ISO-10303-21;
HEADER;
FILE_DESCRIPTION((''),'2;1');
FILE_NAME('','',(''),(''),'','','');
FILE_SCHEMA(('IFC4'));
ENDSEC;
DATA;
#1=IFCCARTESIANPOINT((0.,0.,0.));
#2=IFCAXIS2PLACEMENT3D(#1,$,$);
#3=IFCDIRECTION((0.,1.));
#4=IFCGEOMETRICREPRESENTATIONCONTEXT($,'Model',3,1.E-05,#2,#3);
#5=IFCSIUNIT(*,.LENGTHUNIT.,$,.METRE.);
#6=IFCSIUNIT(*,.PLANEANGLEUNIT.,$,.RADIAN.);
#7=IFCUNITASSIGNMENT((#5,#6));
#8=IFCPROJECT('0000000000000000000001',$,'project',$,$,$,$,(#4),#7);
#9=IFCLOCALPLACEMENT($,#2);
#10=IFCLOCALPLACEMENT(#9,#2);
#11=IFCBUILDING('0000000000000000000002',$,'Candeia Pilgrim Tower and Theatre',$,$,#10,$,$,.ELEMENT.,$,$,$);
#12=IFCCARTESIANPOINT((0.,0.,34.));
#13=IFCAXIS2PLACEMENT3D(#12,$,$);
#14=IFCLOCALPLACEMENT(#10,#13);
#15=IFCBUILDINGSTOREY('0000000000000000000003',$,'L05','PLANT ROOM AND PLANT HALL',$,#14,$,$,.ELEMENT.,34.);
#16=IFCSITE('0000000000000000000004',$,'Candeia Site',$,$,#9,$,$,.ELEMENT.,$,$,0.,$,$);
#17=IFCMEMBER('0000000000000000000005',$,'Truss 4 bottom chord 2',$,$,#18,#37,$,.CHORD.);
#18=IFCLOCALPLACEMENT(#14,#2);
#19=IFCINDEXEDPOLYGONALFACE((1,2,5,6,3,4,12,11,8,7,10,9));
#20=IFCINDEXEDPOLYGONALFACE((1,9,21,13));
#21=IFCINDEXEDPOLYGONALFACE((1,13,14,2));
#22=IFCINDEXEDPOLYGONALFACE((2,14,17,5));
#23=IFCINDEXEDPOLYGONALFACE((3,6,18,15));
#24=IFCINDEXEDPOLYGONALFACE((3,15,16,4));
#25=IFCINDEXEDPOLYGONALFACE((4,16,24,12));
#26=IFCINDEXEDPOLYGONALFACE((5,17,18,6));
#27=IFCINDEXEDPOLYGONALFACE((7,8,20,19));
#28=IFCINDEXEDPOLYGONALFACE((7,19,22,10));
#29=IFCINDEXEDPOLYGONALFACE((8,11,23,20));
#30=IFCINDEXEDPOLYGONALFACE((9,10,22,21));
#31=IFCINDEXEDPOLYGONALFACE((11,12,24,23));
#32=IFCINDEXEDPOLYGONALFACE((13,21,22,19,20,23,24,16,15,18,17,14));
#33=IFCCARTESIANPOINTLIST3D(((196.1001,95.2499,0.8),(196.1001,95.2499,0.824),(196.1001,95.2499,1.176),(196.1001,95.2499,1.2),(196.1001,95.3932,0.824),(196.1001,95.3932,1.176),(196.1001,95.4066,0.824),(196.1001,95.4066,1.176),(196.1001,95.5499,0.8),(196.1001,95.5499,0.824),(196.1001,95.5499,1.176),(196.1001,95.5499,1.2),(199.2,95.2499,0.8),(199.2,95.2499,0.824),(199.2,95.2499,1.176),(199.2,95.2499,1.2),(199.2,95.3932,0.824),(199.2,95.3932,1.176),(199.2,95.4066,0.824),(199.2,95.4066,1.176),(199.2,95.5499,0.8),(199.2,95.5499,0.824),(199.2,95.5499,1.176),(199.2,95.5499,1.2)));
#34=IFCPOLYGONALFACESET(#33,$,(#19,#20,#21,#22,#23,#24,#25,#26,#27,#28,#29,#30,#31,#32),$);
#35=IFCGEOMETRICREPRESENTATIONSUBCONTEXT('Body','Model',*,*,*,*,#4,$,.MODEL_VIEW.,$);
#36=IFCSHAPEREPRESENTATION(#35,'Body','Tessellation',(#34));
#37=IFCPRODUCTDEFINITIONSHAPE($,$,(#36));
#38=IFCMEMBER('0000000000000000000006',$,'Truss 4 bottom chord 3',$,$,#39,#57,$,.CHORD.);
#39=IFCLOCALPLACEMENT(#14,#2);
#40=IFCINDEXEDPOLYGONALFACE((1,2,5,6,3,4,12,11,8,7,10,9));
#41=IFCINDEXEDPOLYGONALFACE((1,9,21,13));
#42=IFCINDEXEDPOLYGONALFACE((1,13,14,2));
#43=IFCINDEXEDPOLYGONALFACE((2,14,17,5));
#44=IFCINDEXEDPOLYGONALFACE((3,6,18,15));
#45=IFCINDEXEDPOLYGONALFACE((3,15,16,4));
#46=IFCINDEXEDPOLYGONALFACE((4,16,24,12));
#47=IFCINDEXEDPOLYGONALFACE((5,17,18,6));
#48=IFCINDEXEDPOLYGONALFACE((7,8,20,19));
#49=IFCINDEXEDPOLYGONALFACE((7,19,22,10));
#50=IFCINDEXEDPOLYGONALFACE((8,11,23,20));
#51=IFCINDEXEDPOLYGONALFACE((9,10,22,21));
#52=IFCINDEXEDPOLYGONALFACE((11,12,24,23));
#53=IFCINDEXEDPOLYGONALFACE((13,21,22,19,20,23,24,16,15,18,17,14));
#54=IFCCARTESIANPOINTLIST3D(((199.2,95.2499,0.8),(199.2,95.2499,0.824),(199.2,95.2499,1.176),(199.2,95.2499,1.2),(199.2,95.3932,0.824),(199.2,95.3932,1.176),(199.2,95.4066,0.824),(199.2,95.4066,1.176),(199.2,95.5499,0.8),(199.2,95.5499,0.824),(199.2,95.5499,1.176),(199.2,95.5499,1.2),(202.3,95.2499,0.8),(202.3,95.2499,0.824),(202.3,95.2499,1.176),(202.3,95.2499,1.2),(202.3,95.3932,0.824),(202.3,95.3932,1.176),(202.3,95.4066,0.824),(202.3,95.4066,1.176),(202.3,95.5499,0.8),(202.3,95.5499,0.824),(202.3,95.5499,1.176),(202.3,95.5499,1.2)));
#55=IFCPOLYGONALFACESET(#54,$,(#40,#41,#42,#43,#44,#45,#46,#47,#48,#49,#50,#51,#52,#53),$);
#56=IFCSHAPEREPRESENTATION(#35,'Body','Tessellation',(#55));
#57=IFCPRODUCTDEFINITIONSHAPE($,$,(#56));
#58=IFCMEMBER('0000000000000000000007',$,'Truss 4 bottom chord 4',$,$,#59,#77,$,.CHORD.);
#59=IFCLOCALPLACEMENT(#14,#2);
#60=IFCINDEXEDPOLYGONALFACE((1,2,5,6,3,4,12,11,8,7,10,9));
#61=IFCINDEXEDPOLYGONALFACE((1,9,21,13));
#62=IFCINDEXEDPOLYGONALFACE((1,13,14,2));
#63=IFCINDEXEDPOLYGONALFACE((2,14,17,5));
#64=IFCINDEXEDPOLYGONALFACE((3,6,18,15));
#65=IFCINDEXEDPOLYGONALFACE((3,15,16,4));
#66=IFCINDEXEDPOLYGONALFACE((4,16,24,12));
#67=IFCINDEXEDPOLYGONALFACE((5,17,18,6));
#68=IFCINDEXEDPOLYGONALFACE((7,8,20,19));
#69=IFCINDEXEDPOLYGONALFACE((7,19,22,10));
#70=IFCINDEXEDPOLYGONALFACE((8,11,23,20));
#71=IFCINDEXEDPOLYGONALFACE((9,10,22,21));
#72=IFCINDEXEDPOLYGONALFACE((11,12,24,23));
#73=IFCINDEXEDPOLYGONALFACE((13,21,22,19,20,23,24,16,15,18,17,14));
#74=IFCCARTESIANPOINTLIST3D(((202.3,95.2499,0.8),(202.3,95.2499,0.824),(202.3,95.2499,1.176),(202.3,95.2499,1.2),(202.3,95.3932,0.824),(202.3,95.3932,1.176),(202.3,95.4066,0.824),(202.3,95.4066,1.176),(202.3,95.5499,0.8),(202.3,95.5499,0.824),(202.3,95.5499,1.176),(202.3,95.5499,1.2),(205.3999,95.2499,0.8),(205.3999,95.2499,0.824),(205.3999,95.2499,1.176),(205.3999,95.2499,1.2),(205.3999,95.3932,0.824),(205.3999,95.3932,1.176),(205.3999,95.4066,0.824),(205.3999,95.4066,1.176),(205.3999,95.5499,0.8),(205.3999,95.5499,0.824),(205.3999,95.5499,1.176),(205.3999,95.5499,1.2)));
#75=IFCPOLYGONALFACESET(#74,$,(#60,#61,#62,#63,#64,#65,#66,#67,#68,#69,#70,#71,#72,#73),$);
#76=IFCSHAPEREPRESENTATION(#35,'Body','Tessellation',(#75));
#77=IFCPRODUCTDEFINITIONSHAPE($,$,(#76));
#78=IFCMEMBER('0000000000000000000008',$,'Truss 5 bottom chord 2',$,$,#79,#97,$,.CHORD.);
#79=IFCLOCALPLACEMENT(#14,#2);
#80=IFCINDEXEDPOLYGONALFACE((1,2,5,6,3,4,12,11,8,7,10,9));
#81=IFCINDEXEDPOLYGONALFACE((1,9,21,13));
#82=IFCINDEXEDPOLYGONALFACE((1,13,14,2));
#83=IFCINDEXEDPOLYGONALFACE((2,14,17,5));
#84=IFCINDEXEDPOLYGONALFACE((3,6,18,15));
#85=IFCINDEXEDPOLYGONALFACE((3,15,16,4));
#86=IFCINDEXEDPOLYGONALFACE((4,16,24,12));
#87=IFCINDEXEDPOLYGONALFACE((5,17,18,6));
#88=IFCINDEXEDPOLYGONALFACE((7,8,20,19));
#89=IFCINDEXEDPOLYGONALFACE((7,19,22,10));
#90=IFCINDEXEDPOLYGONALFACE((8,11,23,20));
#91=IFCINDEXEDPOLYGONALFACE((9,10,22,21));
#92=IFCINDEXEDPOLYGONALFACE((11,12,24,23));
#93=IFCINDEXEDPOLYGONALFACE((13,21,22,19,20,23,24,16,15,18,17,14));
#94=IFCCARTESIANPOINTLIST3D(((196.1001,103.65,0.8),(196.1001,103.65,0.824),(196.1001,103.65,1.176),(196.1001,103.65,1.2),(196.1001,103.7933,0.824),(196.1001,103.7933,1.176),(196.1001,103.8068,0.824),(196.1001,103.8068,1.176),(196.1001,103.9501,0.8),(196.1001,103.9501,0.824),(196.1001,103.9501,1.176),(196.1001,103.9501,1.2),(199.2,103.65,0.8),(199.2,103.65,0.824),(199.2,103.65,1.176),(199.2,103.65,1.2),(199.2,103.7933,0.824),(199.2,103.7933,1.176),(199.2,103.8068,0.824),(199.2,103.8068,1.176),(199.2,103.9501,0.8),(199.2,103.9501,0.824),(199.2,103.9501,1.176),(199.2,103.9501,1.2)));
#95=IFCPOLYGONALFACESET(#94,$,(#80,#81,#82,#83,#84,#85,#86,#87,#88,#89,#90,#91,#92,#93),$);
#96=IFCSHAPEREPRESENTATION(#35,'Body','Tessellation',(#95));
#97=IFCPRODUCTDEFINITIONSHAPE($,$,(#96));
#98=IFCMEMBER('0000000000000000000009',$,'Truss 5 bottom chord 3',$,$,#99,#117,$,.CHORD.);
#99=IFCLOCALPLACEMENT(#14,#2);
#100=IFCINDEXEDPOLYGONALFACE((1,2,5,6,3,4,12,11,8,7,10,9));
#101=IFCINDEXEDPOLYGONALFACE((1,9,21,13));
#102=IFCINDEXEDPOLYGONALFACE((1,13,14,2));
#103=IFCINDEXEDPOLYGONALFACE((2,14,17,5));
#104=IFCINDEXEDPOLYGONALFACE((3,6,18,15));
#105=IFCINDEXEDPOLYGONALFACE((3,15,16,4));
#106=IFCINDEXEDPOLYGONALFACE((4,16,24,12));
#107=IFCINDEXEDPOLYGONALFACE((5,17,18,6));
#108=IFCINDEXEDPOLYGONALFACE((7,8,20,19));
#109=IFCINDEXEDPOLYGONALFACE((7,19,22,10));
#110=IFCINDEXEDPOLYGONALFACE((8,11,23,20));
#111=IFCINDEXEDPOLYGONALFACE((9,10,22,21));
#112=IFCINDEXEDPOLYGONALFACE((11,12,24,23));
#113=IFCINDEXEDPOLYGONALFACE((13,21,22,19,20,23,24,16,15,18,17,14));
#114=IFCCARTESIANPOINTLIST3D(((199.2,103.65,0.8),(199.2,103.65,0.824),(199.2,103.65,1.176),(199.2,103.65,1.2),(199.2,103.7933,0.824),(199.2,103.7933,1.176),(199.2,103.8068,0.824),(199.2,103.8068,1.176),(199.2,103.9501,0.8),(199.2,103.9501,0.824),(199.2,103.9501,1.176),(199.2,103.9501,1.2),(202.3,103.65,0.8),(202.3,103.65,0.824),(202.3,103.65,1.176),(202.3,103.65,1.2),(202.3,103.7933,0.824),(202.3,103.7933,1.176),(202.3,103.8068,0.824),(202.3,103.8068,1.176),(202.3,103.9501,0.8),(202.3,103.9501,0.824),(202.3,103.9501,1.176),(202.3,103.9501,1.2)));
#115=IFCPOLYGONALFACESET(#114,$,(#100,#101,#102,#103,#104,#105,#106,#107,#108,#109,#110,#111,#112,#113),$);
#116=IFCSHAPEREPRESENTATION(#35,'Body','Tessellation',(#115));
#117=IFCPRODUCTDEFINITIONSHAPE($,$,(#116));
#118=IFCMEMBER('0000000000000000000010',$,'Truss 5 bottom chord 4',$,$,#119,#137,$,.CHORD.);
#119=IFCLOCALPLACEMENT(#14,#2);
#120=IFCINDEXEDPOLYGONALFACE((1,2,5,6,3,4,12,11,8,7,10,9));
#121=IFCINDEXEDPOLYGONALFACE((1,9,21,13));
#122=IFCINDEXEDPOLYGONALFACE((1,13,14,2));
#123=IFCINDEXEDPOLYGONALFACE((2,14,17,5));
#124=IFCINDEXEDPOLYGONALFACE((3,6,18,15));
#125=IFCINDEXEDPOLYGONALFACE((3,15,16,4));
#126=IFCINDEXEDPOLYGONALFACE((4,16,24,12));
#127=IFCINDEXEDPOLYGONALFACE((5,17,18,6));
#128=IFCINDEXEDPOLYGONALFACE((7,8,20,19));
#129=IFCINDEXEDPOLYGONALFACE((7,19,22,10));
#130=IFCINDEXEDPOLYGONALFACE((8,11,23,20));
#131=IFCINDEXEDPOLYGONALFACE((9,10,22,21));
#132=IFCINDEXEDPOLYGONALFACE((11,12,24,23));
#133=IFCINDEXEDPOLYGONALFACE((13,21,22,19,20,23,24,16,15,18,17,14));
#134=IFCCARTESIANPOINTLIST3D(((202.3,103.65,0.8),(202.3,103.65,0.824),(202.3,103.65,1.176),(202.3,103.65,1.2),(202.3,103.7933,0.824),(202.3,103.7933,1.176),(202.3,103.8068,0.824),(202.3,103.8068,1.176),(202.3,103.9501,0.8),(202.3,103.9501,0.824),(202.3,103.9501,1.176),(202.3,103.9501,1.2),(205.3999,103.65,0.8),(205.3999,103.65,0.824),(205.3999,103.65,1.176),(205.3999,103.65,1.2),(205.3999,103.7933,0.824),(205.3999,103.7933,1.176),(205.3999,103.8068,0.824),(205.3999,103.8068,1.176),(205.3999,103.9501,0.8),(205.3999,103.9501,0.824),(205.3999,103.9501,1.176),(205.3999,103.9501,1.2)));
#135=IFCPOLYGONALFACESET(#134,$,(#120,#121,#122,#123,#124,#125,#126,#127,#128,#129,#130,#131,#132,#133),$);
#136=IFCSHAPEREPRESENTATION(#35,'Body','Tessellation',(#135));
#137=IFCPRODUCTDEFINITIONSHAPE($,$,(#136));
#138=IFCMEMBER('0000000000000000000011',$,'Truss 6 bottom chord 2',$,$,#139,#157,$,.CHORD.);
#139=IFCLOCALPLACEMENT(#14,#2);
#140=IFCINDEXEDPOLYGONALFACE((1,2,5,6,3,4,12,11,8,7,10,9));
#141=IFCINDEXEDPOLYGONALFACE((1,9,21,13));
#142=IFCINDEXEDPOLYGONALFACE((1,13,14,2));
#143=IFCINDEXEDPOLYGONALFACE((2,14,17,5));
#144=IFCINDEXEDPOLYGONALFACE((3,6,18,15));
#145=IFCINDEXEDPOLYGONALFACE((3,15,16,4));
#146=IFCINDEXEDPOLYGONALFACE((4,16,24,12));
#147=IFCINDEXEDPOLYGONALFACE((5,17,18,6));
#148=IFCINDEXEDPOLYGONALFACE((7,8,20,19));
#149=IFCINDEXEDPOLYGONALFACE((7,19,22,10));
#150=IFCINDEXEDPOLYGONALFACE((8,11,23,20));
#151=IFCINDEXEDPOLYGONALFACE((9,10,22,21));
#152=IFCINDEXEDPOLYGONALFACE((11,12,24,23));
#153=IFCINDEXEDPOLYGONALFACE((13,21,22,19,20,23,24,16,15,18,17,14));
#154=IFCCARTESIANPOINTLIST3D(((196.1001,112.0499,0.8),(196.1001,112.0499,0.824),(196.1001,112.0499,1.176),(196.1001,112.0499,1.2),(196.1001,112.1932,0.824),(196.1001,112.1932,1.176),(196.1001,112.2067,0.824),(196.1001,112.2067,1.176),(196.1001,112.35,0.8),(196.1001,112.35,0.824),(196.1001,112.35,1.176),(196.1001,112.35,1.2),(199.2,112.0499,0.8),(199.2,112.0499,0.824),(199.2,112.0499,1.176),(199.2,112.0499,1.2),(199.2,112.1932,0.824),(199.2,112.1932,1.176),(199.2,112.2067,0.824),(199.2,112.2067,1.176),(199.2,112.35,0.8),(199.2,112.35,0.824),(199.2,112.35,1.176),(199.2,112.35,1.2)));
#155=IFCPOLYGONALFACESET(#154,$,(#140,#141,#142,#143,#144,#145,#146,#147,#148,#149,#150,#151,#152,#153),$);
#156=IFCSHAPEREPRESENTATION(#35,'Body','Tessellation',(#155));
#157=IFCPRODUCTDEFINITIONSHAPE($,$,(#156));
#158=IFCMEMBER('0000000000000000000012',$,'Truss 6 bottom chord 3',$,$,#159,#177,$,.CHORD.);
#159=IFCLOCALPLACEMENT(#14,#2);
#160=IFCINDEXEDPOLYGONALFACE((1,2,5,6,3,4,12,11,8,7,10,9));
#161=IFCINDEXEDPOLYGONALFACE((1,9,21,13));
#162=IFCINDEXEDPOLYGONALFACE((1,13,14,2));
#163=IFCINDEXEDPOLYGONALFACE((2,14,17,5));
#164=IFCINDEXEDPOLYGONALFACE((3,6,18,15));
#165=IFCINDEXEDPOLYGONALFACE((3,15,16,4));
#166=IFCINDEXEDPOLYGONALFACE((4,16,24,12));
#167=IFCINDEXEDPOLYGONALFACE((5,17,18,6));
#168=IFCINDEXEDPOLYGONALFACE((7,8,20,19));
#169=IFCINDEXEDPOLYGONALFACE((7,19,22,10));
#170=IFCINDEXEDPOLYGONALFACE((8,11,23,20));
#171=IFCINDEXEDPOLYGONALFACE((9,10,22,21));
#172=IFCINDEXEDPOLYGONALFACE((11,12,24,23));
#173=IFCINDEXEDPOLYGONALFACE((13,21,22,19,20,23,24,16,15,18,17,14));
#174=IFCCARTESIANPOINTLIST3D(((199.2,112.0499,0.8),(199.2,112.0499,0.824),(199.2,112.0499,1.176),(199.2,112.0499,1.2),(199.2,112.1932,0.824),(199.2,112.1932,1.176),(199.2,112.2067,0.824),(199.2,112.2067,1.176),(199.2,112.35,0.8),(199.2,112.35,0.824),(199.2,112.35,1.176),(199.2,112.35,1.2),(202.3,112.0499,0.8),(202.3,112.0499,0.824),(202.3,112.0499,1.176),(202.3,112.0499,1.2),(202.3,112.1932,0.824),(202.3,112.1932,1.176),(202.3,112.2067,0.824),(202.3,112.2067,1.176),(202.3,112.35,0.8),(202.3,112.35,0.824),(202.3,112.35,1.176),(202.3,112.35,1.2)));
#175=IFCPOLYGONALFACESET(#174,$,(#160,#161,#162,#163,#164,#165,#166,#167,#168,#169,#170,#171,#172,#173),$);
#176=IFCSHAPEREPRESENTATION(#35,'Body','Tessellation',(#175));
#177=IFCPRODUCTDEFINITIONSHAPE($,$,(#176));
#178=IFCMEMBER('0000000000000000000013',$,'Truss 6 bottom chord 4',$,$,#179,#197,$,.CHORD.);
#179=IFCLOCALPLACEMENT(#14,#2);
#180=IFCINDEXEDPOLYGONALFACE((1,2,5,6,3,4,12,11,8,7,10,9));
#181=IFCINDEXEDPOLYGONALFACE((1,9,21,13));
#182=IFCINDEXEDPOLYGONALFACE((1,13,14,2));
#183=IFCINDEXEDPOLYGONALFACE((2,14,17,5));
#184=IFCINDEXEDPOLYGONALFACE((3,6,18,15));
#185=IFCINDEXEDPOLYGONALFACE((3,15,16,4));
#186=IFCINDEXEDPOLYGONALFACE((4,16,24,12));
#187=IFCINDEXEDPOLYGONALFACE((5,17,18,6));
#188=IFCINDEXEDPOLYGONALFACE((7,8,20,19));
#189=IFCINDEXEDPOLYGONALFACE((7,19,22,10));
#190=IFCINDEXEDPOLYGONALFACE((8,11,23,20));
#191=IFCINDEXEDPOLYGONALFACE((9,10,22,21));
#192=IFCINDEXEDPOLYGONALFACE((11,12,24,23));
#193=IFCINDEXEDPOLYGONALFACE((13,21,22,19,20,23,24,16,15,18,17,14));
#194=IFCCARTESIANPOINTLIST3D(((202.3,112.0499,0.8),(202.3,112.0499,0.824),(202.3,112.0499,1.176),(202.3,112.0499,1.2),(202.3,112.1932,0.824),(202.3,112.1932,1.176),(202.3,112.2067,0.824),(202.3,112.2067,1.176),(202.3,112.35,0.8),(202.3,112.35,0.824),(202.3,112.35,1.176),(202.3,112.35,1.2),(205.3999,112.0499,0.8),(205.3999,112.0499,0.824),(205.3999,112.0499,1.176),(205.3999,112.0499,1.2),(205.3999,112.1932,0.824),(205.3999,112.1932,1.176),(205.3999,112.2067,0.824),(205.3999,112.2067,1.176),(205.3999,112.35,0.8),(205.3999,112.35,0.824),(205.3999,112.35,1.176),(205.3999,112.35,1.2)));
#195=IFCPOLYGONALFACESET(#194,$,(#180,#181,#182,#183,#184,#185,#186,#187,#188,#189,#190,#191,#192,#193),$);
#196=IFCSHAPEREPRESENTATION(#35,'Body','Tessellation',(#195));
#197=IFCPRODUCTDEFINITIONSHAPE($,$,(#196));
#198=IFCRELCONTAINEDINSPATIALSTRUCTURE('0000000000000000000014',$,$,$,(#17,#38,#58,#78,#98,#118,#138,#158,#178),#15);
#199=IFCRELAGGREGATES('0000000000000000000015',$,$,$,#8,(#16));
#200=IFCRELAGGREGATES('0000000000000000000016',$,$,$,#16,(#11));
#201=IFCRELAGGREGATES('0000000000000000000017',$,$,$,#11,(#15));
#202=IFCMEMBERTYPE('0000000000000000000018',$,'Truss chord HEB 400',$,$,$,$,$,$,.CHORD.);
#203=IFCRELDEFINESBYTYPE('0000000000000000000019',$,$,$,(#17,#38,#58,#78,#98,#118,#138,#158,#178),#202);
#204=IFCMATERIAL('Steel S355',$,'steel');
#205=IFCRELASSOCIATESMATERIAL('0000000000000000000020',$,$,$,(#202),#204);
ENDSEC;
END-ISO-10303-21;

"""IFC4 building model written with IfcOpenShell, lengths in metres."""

from ifc_helpers import new_model, si_unit, direction, frame, origin, origin_2d, place, context, subcontext, project, spatial, i_section, extrude, material, material_profile, profile_set, type_object, element, save


model = new_model("IFC4")

# Units and contexts
model_context = context("Model", 3, precision=1e-05, world=origin(), true_north=direction((0.0, 1.0)))
body_context = subcontext(model_context, "Body", "Model", "MODEL_VIEW")
ifc_project = project(units=[si_unit("LENGTHUNIT", "METRE"), si_unit("PLANEANGLEUNIT", "RADIAN")], contexts=[model_context])

# Site, building, storey
site_placement = place(None, origin())
site = spatial("IfcSite", under=ifc_project, at=site_placement, Name="Candeia Site", CompositionType="ELEMENT", RefElevation=0.0)
building_placement = place(site_placement, origin())
building = spatial("IfcBuilding", under=site, at=building_placement, Name="Candeia Pilgrim Tower and Theatre", CompositionType="ELEMENT")
storey_placement = place(building_placement, frame((0.0, 0.0, 34.0)))
storey = spatial("IfcBuildingStorey", under=building, at=storey_placement, Name="L05", Description="PLANT ROOM AND PLANT HALL", CompositionType="ELEMENT", Elevation=34.0)

# Members
ifc_material = material(Name="Steel S355", Category="steel")
ifc_material_profile_1 = material_profile(ifc_material, i_section(OverallWidth=0.3, OverallDepth=0.3999, WebThickness=0.0134, FlangeThickness=0.0239, at=origin_2d()))
ifc_profile_set_1 = profile_set([ifc_material_profile_1], Name="Steel S355")
member_type_1 = type_object("IfcMemberType", Name="Truss chord HEB 400", PredefinedType="CHORD", material=ifc_profile_set_1)
member_1_placement = place(storey_placement, frame((196.1001, 95.3999, 1.0), z_axis=(1.0, 0.0, 0.0), x_axis=(0.0, 1.0, 0.0)))
element("IfcMember", 1, at=member_1_placement, inside=storey, type_object=member_type_1, Name="Truss 4 bottom chord 2", PredefinedType="CHORD", context=body_context, shape_type="SweptSolid", body=[
    extrude(i_section(OverallWidth=0.3, OverallDepth=0.3999, WebThickness=0.0134, FlangeThickness=0.0239, at=origin_2d()), origin(), (0.0, 0.0, 1.0), 3.0999),
])
member_2_placement = place(storey_placement, frame((199.2, 95.3999, 1.0), z_axis=(1.0, 0.0, 0.0), x_axis=(0.0, 1.0, 0.0)))
element("IfcMember", 2, at=member_2_placement, inside=storey, type_object=member_type_1, Name="Truss 4 bottom chord 3", PredefinedType="CHORD", context=body_context, shape_type="SweptSolid", body=[
    extrude(i_section(OverallWidth=0.3, OverallDepth=0.3999, WebThickness=0.0134, FlangeThickness=0.0239, at=origin_2d()), origin(), (0.0, 0.0, 1.0), 3.1001),
])
for number, where, z_axis, x_axis, name in (
    (3, (202.3, 95.3999, 1.0), (1.0, 0.0, 0.0), (0.0, 1.0, 0.0), "Truss 4 bottom chord 4"),
    (4, (196.1001, 103.8, 1.0), (1.0, 0.0, 0.0), (0.0, 1.0, 0.0), "Truss 5 bottom chord 2"),
):
    element("IfcMember", number, at=place(storey_placement, frame(where, z_axis=z_axis, x_axis=x_axis)), inside=storey, type_object=member_type_1, Name=name, PredefinedType="CHORD", context=body_context, shape_type="SweptSolid", body=[
        extrude(i_section(OverallWidth=0.3, OverallDepth=0.3999, WebThickness=0.0134, FlangeThickness=0.0239, at=origin_2d()), origin(), (0.0, 0.0, 1.0), 3.0999),
    ])
member_3_placement = place(storey_placement, frame((199.2, 103.8, 1.0), z_axis=(1.0, 0.0, 0.0), x_axis=(0.0, 1.0, 0.0)))
element("IfcMember", 5, at=member_3_placement, inside=storey, type_object=member_type_1, Name="Truss 5 bottom chord 3", PredefinedType="CHORD", context=body_context, shape_type="SweptSolid", body=[
    extrude(i_section(OverallWidth=0.3, OverallDepth=0.3999, WebThickness=0.0134, FlangeThickness=0.0239, at=origin_2d()), origin(), (0.0, 0.0, 1.0), 3.1001),
])
for number, where, z_axis, x_axis, name in (
    (6, (202.3, 103.8, 1.0), (1.0, 0.0, 0.0), (0.0, 1.0, 0.0), "Truss 5 bottom chord 4"),
    (7, (196.1001, 112.2, 1.0), (1.0, 0.0, 0.0), (0.0, 1.0, 0.0), "Truss 6 bottom chord 2"),
):
    element("IfcMember", number, at=place(storey_placement, frame(where, z_axis=z_axis, x_axis=x_axis)), inside=storey, type_object=member_type_1, Name=name, PredefinedType="CHORD", context=body_context, shape_type="SweptSolid", body=[
        extrude(i_section(OverallWidth=0.3, OverallDepth=0.3999, WebThickness=0.0134, FlangeThickness=0.0239, at=origin_2d()), origin(), (0.0, 0.0, 1.0), 3.0999),
    ])
member_4_placement = place(storey_placement, frame((199.2, 112.2, 1.0), z_axis=(1.0, 0.0, 0.0), x_axis=(0.0, 1.0, 0.0)))
element("IfcMember", 8, at=member_4_placement, inside=storey, type_object=member_type_1, Name="Truss 6 bottom chord 3", PredefinedType="CHORD", context=body_context, shape_type="SweptSolid", body=[
    extrude(i_section(OverallWidth=0.3, OverallDepth=0.3999, WebThickness=0.0134, FlangeThickness=0.0239, at=origin_2d()), origin(), (0.0, 0.0, 1.0), 3.1001),
])
member_5_placement = place(storey_placement, frame((202.3, 112.2, 1.0), z_axis=(1.0, 0.0, 0.0), x_axis=(0.0, 1.0, 0.0)))
element("IfcMember", 9, at=member_5_placement, inside=storey, type_object=member_type_1, Name="Truss 6 bottom chord 4", PredefinedType="CHORD", context=body_context, shape_type="SweptSolid", body=[
    extrude(i_section(OverallWidth=0.3, OverallDepth=0.3999, WebThickness=0.0134, FlangeThickness=0.0239, at=origin_2d()), origin(), (0.0, 0.0, 1.0), 3.0999),
])

save(model, "model.ifc")
